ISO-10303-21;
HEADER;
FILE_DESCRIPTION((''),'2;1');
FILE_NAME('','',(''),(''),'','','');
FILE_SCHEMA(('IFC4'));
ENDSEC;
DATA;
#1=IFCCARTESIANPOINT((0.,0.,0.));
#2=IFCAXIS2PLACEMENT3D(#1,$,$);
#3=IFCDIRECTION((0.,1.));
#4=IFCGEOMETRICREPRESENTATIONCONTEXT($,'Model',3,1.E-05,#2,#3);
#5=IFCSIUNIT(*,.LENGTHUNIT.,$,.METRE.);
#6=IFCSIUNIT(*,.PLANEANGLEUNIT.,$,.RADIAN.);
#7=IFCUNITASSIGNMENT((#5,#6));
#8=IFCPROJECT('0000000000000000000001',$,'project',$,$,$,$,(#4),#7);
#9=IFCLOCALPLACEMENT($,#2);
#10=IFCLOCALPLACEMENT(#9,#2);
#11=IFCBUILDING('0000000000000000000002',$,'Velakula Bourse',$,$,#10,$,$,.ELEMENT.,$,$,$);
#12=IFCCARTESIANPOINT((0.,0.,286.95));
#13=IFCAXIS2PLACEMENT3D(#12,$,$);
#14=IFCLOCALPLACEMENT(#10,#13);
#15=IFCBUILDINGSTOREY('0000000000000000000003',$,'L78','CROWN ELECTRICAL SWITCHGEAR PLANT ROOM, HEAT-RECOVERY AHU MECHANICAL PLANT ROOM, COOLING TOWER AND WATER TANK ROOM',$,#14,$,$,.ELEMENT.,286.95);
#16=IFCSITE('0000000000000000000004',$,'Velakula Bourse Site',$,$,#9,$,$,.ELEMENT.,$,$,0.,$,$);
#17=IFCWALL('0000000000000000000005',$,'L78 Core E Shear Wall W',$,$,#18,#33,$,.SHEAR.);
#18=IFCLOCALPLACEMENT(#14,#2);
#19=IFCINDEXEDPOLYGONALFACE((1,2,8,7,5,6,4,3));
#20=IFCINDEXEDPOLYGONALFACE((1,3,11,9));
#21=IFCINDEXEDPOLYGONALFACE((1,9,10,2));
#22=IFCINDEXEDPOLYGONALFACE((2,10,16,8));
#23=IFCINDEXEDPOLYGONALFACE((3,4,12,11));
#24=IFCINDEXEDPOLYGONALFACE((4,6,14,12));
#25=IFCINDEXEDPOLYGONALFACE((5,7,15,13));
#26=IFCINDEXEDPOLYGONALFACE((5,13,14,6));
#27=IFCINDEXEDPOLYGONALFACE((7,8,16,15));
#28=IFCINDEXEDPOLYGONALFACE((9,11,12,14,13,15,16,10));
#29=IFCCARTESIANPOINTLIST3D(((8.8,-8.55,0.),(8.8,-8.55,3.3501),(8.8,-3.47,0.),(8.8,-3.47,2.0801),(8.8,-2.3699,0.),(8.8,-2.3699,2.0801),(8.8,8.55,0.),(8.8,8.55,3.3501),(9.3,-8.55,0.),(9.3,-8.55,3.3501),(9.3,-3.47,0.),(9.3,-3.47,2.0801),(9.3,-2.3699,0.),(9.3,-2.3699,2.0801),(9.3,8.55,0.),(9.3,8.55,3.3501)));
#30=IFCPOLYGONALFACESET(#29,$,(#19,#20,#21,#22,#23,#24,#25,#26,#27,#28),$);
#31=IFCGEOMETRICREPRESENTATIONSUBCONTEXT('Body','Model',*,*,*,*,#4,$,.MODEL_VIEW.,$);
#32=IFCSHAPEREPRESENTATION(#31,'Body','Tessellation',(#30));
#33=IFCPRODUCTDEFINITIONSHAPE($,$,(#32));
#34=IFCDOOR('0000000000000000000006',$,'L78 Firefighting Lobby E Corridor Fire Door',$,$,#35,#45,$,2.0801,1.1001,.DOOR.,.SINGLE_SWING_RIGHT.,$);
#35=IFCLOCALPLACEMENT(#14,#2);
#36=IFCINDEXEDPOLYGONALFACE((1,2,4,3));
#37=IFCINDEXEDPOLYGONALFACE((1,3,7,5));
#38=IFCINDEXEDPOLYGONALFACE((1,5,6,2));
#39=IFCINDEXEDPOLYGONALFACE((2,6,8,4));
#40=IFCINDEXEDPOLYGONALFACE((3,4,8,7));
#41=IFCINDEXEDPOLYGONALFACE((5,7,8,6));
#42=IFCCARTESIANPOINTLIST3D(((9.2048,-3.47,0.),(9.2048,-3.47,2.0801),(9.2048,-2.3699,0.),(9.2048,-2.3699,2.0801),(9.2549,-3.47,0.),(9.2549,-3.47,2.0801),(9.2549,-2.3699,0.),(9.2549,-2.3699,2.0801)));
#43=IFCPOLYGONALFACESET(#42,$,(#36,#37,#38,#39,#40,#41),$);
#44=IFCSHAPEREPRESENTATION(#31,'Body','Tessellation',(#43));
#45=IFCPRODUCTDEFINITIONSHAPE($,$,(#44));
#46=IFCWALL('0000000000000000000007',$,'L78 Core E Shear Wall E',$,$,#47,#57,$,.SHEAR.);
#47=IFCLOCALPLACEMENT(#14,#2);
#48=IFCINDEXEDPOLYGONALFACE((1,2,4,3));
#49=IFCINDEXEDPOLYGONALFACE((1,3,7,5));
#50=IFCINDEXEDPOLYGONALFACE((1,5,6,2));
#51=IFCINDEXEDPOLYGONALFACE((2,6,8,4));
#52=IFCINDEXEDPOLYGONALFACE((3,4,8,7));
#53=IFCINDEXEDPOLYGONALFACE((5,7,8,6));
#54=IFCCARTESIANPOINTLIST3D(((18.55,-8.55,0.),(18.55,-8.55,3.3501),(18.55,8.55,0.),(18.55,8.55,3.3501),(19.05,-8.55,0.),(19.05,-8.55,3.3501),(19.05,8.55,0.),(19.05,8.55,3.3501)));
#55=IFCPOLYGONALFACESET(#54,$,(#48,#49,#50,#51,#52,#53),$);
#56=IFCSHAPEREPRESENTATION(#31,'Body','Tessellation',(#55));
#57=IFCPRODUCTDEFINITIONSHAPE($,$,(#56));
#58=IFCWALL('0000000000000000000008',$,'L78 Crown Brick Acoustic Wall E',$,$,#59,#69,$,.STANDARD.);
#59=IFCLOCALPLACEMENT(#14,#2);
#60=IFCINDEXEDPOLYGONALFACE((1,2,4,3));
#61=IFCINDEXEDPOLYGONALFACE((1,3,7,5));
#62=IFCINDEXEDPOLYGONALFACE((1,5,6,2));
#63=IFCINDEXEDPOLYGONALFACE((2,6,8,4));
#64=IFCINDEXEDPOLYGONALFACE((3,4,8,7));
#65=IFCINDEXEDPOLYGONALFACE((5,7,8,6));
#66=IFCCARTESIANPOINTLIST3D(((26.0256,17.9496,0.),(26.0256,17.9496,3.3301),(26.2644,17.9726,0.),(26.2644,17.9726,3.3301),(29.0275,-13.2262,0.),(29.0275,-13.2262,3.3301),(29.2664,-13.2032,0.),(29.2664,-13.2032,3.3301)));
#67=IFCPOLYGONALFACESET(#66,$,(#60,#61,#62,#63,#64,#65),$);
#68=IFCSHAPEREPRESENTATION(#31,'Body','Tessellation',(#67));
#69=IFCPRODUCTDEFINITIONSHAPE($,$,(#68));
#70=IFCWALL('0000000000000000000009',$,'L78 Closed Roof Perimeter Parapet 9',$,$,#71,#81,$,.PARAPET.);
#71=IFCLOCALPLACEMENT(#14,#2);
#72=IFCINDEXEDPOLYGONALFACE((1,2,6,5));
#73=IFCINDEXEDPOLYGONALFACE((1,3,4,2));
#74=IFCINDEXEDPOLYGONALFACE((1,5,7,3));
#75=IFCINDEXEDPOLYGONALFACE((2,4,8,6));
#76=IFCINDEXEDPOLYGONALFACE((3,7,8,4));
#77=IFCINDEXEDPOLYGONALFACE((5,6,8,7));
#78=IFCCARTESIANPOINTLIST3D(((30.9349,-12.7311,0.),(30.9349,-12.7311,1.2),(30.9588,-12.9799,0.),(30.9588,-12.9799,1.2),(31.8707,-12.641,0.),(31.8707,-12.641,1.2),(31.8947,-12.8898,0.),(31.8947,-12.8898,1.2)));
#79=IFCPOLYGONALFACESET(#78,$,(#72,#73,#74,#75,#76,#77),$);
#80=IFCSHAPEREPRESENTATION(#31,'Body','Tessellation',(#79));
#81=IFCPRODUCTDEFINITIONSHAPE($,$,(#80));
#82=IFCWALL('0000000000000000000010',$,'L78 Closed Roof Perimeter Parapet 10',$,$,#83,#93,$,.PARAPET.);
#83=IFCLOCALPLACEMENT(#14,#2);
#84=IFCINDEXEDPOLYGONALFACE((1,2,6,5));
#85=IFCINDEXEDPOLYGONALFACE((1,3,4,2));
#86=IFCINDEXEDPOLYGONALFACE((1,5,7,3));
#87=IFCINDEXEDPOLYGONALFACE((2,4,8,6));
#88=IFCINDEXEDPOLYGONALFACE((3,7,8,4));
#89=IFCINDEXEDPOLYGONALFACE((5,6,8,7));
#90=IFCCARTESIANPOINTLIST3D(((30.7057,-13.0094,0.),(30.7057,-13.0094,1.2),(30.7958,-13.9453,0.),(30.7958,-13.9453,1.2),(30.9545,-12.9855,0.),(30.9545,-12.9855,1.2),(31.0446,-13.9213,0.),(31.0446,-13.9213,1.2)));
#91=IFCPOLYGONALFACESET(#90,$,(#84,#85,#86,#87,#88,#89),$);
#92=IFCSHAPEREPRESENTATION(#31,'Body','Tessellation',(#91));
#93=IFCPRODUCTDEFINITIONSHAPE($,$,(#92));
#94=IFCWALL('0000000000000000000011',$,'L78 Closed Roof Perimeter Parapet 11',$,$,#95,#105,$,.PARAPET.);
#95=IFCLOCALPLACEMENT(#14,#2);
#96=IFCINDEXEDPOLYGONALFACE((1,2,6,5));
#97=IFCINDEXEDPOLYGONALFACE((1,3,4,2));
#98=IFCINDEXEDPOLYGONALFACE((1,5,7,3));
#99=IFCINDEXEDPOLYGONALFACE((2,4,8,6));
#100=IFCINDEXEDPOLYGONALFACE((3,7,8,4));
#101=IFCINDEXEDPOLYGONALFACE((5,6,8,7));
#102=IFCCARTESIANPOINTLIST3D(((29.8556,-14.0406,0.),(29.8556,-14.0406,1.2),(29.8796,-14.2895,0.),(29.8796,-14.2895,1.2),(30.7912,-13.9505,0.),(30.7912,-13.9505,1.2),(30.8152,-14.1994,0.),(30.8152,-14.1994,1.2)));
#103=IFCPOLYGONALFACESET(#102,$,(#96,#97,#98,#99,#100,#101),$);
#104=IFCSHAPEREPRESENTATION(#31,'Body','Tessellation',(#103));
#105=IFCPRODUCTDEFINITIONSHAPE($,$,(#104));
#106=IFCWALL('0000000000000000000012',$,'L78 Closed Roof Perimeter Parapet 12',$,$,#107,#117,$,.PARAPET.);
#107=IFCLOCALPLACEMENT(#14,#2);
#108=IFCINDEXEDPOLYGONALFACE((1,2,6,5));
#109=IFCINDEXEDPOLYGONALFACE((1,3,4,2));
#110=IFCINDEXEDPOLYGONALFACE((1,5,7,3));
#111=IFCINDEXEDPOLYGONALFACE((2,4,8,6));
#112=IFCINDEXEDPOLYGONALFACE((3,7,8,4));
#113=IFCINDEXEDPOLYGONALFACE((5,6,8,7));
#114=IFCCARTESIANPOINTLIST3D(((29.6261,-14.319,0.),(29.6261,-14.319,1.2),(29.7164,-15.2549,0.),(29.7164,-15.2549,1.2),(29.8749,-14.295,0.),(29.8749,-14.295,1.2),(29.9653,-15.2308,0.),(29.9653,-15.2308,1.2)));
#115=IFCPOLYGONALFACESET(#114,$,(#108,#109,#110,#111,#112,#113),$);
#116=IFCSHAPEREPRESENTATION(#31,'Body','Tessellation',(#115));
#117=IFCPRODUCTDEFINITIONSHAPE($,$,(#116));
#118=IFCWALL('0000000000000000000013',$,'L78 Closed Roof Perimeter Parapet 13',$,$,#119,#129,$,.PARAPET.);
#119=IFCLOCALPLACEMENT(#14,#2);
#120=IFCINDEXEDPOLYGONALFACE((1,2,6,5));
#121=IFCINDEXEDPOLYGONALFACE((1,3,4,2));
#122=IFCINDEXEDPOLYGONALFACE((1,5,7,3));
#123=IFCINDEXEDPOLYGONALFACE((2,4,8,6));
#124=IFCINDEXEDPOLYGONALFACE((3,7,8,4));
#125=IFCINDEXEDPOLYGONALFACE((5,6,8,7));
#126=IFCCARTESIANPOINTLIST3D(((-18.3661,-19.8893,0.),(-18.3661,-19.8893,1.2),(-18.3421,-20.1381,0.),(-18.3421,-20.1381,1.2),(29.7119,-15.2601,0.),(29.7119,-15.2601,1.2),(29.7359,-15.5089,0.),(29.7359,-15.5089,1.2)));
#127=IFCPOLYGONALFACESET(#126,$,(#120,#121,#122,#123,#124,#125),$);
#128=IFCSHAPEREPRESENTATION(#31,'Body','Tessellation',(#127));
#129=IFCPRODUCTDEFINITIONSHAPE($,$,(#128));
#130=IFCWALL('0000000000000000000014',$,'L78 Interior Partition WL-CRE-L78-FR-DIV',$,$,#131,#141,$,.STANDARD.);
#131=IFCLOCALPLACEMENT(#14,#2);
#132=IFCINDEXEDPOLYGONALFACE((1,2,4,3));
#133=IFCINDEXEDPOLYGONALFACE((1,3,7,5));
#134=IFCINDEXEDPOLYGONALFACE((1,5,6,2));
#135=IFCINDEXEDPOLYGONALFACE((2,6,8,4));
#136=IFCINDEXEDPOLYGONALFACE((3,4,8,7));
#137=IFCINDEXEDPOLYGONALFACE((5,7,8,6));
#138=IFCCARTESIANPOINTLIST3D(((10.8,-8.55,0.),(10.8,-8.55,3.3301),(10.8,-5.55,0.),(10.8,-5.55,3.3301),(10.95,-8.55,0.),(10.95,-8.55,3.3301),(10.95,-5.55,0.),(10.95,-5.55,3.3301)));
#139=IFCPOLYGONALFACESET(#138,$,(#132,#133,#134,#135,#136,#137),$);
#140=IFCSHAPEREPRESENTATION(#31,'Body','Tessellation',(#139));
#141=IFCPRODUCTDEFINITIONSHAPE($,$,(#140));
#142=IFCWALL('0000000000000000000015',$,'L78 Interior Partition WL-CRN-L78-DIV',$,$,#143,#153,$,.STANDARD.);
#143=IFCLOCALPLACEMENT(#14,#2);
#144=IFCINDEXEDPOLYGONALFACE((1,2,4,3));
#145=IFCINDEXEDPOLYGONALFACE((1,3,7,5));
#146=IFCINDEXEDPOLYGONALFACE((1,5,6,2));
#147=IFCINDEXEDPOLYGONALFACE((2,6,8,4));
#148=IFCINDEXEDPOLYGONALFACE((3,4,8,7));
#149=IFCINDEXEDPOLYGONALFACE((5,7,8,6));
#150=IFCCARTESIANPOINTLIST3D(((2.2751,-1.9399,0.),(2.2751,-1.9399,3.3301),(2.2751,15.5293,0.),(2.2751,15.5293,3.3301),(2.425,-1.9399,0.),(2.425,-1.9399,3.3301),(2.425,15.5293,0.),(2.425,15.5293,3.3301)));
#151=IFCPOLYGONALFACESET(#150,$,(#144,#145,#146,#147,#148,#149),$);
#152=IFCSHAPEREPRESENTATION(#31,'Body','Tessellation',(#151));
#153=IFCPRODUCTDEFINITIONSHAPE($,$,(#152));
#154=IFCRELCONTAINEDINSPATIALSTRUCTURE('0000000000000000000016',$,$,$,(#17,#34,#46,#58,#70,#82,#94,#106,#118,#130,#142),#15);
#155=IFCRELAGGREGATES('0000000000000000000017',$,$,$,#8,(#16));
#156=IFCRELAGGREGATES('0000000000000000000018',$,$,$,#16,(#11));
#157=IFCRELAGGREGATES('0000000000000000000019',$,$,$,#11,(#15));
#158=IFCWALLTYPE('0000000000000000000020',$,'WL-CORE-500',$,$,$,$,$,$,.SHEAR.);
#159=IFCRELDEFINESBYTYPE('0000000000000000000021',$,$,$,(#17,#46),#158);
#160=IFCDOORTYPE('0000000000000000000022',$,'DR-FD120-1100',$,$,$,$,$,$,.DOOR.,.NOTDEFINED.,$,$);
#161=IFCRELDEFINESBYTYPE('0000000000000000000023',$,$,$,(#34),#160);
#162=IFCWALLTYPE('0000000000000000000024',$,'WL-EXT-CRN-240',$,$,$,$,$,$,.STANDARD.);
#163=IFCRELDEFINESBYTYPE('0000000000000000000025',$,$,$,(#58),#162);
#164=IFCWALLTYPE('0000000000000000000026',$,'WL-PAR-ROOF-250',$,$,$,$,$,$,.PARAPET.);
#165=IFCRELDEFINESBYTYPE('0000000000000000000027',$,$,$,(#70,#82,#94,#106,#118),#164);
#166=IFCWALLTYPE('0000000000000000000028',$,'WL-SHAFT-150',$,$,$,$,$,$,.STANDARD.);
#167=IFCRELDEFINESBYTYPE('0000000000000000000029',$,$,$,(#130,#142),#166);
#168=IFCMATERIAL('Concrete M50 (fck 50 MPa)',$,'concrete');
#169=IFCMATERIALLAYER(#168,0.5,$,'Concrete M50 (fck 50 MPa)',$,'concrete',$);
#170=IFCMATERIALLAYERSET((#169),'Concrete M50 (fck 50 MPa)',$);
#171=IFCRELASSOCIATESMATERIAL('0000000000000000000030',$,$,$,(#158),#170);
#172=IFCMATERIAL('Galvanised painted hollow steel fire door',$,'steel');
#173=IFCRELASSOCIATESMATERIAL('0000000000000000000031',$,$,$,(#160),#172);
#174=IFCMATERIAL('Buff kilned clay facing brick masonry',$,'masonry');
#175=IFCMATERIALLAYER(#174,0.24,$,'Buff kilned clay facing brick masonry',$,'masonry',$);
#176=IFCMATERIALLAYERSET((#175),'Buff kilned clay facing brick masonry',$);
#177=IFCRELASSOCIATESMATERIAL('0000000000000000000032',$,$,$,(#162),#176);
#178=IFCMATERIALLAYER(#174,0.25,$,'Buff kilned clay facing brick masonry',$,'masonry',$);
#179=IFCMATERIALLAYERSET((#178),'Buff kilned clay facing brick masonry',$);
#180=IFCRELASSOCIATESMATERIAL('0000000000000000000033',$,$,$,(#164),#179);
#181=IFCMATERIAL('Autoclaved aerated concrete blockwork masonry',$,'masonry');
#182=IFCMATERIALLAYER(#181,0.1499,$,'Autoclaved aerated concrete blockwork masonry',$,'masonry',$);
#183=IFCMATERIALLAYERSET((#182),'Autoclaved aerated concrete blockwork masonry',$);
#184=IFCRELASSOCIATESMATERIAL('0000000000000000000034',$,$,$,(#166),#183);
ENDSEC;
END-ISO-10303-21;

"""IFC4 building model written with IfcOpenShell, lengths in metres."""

from ifc_helpers import new_model, si_unit, direction, frame, frame_2d, origin, place, context, subcontext, project, spatial, rectangle, extrude, material, layer, layer_set, type_object, element, fill, save


model = new_model("IFC4")

# Units and contexts
model_context = context("Model", 3, precision=1e-05, world=origin(), true_north=direction((0.0, 1.0)))
body_context = subcontext(model_context, "Body", "Model", "MODEL_VIEW")
ifc_project = project(units=[si_unit("LENGTHUNIT", "METRE"), si_unit("PLANEANGLEUNIT", "RADIAN")], contexts=[model_context])

# Site, building, storey
site_placement = place(None, origin())
site = spatial("IfcSite", under=ifc_project, at=site_placement, Name="Velakula Bourse Site", CompositionType="ELEMENT", RefElevation=0.0)
building_placement = place(site_placement, origin())
building = spatial("IfcBuilding", under=site, at=building_placement, Name="Velakula Bourse", CompositionType="ELEMENT")
storey_placement = place(building_placement, frame((0.0, 0.0, 286.95)))
storey = spatial("IfcBuildingStorey", under=building, at=storey_placement, Name="L78", Description="CROWN ELECTRICAL SWITCHGEAR PLANT ROOM, HEAT-RECOVERY AHU MECHANICAL PLANT ROOM, COOLING TOWER AND WATER TANK ROOM", CompositionType="ELEMENT", Elevation=286.95)

# Shared definitions
ifc_material_1 = material(Name="Concrete M50 (fck 50 MPa)", Category="concrete")

# Shared definitions
ifc_material_2 = material(Name="Galvanised painted hollow steel fire door", Category="steel")

# Shared definitions
ifc_layer_1 = layer(ifc_material_1, 0.5, Name="Concrete M50 (fck 50 MPa)", Category="concrete")
ifc_layer_set_1 = layer_set([ifc_layer_1], Name="Concrete M50 (fck 50 MPa)")
wall_type_1 = type_object("IfcWallType", Name="WL-CORE-500", PredefinedType="SHEAR", material=ifc_layer_set_1)

# Wall, opening, door
wall_1_placement = place(storey_placement, frame((9.05, -8.55, 0.0), z_axis=(0.0, 0.0, 1.0), x_axis=(0.0, 1.0, 0.0)))
wall_1 = element("IfcWall", 1, at=wall_1_placement, inside=storey, type_object=wall_type_1, Name="L78 Core E Shear Wall W", PredefinedType="SHEAR", context=body_context, shape_type="SweptSolid", body=[
    extrude(rectangle(XDim=17.1001, YDim=0.5, at=frame_2d((8.55, 0.0))), origin(), (0.0, 0.0, 1.0), 3.3501),
])
opening_1_placement = place(wall_1_placement, frame((5.0801, 0.0, 0.0)))
opening_1 = element("IfcOpeningElement", 2, at=opening_1_placement, cuts=wall_1, PredefinedType="OPENING", context=body_context, shape_type="SweptSolid", body=[
    extrude(rectangle(XDim=1.1001, YDim=2.0801, at=frame_2d((0.55, 1.04))), frame((0.0, 0.26, 0.0), z_axis=(0.0, -1.0, 0.0), x_axis=(1.0, 0.0, 0.0)), (0.0, 0.0, 1.0), 0.52),
])
door_type_1 = type_object("IfcDoorType", Name="DR-FD120-1100", OperationType="NOTDEFINED", PredefinedType="DOOR", material=ifc_material_2)
door_1_placement = place(opening_1_placement, origin())
door_1 = element("IfcDoor", 3, at=door_1_placement, inside=storey, type_object=door_type_1, Name="L78 Firefighting Lobby E Corridor Fire Door", OperationType="SINGLE_SWING_RIGHT", OverallHeight=2.0801, OverallWidth=1.1001, PredefinedType="DOOR", context=body_context, shape_type="SweptSolid", body=[
    extrude(rectangle(XDim=1.1001, YDim=2.0801, at=frame_2d((0.55, 1.04))), frame((0.0, -0.1548, 0.0), z_axis=(0.0, -1.0, 0.0), x_axis=(1.0, 0.0, 0.0)), (0.0, 0.0, 1.0), 0.05),
])
fill(opening_1, door_1)

# Walls
wall_2_placement = place(storey_placement, frame((18.8, -8.55, 0.0), z_axis=(0.0, 0.0, 1.0), x_axis=(0.0, 1.0, 0.0)))
element("IfcWall", 4, at=wall_2_placement, inside=storey, type_object=wall_type_1, Name="L78 Core E Shear Wall E", PredefinedType="SHEAR", context=body_context, shape_type="SweptSolid", body=[
    extrude(rectangle(XDim=17.1001, YDim=0.5, at=frame_2d((8.55, 0.0))), origin(), (0.0, 0.0, 1.0), 3.3501),
])
ifc_material_3 = material(Name="Buff kilned clay facing brick masonry", Category="masonry")
ifc_layer_2 = layer(ifc_material_3, 0.24, Name="Buff kilned clay facing brick masonry", Category="masonry")
ifc_layer_set_2 = layer_set([ifc_layer_2], Name="Buff kilned clay facing brick masonry")
wall_type_2 = type_object("IfcWallType", Name="WL-EXT-CRN-240", PredefinedType="STANDARD", material=ifc_layer_set_2)
wall_3_placement = place(storey_placement, frame((29.147, -13.2148, 0.0), z_axis=(0.0, 0.0, 1.0), x_axis=(-0.095848, 0.995396, 0.0)))
element("IfcWall", 5, at=wall_3_placement, inside=storey, type_object=wall_type_2, Name="L78 Crown Brick Acoustic Wall E", PredefinedType="STANDARD", context=body_context, shape_type="SweptSolid", body=[
    extrude(rectangle(XDim=31.3201, YDim=0.24, at=frame_2d((15.6602, 0.0))), origin(), (0.0, 0.0, 1.0), 3.3301),
])
ifc_layer_3 = layer(ifc_material_3, 0.25, Name="Buff kilned clay facing brick masonry", Category="masonry")
ifc_layer_set_3 = layer_set([ifc_layer_3], Name="Buff kilned clay facing brick masonry")
wall_type_3 = type_object("IfcWallType", Name="WL-PAR-ROOF-250", PredefinedType="PARAPET", material=ifc_layer_set_3)
for number, where, z_axis, x_axis, name in (
    (6, (31.8828, -12.7654, 0.0), (0.0, 0.0, 1.0), (-0.995398, -0.095826, 0.0), "L78 Closed Roof Perimeter Parapet 9"),
    (7, (30.8301, -12.9973, 0.0), (0.0, 0.0, 1.0), (0.095826, -0.995398, 0.0), "L78 Closed Roof Perimeter Parapet 10"),
):
    element("IfcWall", number, at=place(storey_placement, frame(where, z_axis=z_axis, x_axis=x_axis)), inside=storey, type_object=wall_type_3, Name=name, PredefinedType="PARAPET", context=body_context, shape_type="SweptSolid", body=[
        extrude(rectangle(XDim=0.9402, YDim=0.25, at=frame_2d((0.4702, 0.0))), origin(), (0.0, 0.0, 1.0), 1.2),
    ])
wall_4_placement = place(storey_placement, frame((30.8032, -14.075, 0.0), z_axis=(0.0, 0.0, 1.0), x_axis=(-0.995396, -0.095851, 0.0)))
element("IfcWall", 8, at=wall_4_placement, inside=storey, type_object=wall_type_3, Name="L78 Closed Roof Perimeter Parapet 11", PredefinedType="PARAPET", context=body_context, shape_type="SweptSolid", body=[
    extrude(rectangle(XDim=0.9399, YDim=0.25, at=frame_2d((0.47, 0.0))), origin(), (0.0, 0.0, 1.0), 1.2),
])
wall_5_placement = place(storey_placement, frame((29.7505, -14.3069, 0.0), z_axis=(0.0, 0.0, 1.0), x_axis=(0.096084, -0.995373, 0.0)))
element("IfcWall", 9, at=wall_5_placement, inside=storey, type_object=wall_type_3, Name="L78 Closed Roof Perimeter Parapet 12", PredefinedType="PARAPET", context=body_context, shape_type="SweptSolid", body=[
    extrude(rectangle(XDim=0.9402, YDim=0.25, at=frame_2d((0.4702, 0.0))), origin(), (0.0, 0.0, 1.0), 1.2),
])
wall_6_placement = place(storey_placement, frame((29.7239, -15.3845, 0.0), z_axis=(0.0, 0.0, 1.0), x_axis=(-0.995397, -0.095841, 0.0)))
element("IfcWall", 10, at=wall_6_placement, inside=storey, type_object=wall_type_3, Name="L78 Closed Roof Perimeter Parapet 13", PredefinedType="PARAPET", context=body_context, shape_type="SweptSolid", body=[
    extrude(rectangle(XDim=48.3003, YDim=0.25, at=frame_2d((24.1501, 0.0))), origin(), (0.0, 0.0, 1.0), 1.2),
])

# Shared definitions
ifc_material_4 = material(Name="Autoclaved aerated concrete blockwork masonry", Category="masonry")
ifc_layer_4 = layer(ifc_material_4, 0.1499, Name="Autoclaved aerated concrete blockwork masonry", Category="masonry")
ifc_layer_set_4 = layer_set([ifc_layer_4], Name="Autoclaved aerated concrete blockwork masonry")
wall_type_4 = type_object("IfcWallType", Name="WL-SHAFT-150", PredefinedType="STANDARD", material=ifc_layer_set_4)

# Walls
wall_7_placement = place(storey_placement, frame((10.875, -8.55, 0.0), z_axis=(0.0, 0.0, 1.0), x_axis=(0.0, 1.0, 0.0)))
element("IfcWall", 11, at=wall_7_placement, inside=storey, type_object=wall_type_4, Name="L78 Interior Partition WL-CRE-L78-FR-DIV", PredefinedType="STANDARD", context=body_context, shape_type="SweptSolid", body=[
    extrude(rectangle(XDim=3.0, YDim=0.1499, at=frame_2d((1.5, 0.0))), origin(), (0.0, 0.0, 1.0), 3.3301),
])
wall_8_placement = place(storey_placement, frame((2.3501, -1.9399, 0.0), z_axis=(0.0, 0.0, 1.0), x_axis=(0.0, 1.0, 0.0)))
element("IfcWall", 12, at=wall_8_placement, inside=storey, type_object=wall_type_4, Name="L78 Interior Partition WL-CRN-L78-DIV", PredefinedType="STANDARD", context=body_context, shape_type="SweptSolid", body=[
    extrude(rectangle(XDim=17.4692, YDim=0.1499, at=frame_2d((8.7346, 0.0))), origin(), (0.0, 0.0, 1.0), 3.3301),
])

save(model, "model.ifc")
